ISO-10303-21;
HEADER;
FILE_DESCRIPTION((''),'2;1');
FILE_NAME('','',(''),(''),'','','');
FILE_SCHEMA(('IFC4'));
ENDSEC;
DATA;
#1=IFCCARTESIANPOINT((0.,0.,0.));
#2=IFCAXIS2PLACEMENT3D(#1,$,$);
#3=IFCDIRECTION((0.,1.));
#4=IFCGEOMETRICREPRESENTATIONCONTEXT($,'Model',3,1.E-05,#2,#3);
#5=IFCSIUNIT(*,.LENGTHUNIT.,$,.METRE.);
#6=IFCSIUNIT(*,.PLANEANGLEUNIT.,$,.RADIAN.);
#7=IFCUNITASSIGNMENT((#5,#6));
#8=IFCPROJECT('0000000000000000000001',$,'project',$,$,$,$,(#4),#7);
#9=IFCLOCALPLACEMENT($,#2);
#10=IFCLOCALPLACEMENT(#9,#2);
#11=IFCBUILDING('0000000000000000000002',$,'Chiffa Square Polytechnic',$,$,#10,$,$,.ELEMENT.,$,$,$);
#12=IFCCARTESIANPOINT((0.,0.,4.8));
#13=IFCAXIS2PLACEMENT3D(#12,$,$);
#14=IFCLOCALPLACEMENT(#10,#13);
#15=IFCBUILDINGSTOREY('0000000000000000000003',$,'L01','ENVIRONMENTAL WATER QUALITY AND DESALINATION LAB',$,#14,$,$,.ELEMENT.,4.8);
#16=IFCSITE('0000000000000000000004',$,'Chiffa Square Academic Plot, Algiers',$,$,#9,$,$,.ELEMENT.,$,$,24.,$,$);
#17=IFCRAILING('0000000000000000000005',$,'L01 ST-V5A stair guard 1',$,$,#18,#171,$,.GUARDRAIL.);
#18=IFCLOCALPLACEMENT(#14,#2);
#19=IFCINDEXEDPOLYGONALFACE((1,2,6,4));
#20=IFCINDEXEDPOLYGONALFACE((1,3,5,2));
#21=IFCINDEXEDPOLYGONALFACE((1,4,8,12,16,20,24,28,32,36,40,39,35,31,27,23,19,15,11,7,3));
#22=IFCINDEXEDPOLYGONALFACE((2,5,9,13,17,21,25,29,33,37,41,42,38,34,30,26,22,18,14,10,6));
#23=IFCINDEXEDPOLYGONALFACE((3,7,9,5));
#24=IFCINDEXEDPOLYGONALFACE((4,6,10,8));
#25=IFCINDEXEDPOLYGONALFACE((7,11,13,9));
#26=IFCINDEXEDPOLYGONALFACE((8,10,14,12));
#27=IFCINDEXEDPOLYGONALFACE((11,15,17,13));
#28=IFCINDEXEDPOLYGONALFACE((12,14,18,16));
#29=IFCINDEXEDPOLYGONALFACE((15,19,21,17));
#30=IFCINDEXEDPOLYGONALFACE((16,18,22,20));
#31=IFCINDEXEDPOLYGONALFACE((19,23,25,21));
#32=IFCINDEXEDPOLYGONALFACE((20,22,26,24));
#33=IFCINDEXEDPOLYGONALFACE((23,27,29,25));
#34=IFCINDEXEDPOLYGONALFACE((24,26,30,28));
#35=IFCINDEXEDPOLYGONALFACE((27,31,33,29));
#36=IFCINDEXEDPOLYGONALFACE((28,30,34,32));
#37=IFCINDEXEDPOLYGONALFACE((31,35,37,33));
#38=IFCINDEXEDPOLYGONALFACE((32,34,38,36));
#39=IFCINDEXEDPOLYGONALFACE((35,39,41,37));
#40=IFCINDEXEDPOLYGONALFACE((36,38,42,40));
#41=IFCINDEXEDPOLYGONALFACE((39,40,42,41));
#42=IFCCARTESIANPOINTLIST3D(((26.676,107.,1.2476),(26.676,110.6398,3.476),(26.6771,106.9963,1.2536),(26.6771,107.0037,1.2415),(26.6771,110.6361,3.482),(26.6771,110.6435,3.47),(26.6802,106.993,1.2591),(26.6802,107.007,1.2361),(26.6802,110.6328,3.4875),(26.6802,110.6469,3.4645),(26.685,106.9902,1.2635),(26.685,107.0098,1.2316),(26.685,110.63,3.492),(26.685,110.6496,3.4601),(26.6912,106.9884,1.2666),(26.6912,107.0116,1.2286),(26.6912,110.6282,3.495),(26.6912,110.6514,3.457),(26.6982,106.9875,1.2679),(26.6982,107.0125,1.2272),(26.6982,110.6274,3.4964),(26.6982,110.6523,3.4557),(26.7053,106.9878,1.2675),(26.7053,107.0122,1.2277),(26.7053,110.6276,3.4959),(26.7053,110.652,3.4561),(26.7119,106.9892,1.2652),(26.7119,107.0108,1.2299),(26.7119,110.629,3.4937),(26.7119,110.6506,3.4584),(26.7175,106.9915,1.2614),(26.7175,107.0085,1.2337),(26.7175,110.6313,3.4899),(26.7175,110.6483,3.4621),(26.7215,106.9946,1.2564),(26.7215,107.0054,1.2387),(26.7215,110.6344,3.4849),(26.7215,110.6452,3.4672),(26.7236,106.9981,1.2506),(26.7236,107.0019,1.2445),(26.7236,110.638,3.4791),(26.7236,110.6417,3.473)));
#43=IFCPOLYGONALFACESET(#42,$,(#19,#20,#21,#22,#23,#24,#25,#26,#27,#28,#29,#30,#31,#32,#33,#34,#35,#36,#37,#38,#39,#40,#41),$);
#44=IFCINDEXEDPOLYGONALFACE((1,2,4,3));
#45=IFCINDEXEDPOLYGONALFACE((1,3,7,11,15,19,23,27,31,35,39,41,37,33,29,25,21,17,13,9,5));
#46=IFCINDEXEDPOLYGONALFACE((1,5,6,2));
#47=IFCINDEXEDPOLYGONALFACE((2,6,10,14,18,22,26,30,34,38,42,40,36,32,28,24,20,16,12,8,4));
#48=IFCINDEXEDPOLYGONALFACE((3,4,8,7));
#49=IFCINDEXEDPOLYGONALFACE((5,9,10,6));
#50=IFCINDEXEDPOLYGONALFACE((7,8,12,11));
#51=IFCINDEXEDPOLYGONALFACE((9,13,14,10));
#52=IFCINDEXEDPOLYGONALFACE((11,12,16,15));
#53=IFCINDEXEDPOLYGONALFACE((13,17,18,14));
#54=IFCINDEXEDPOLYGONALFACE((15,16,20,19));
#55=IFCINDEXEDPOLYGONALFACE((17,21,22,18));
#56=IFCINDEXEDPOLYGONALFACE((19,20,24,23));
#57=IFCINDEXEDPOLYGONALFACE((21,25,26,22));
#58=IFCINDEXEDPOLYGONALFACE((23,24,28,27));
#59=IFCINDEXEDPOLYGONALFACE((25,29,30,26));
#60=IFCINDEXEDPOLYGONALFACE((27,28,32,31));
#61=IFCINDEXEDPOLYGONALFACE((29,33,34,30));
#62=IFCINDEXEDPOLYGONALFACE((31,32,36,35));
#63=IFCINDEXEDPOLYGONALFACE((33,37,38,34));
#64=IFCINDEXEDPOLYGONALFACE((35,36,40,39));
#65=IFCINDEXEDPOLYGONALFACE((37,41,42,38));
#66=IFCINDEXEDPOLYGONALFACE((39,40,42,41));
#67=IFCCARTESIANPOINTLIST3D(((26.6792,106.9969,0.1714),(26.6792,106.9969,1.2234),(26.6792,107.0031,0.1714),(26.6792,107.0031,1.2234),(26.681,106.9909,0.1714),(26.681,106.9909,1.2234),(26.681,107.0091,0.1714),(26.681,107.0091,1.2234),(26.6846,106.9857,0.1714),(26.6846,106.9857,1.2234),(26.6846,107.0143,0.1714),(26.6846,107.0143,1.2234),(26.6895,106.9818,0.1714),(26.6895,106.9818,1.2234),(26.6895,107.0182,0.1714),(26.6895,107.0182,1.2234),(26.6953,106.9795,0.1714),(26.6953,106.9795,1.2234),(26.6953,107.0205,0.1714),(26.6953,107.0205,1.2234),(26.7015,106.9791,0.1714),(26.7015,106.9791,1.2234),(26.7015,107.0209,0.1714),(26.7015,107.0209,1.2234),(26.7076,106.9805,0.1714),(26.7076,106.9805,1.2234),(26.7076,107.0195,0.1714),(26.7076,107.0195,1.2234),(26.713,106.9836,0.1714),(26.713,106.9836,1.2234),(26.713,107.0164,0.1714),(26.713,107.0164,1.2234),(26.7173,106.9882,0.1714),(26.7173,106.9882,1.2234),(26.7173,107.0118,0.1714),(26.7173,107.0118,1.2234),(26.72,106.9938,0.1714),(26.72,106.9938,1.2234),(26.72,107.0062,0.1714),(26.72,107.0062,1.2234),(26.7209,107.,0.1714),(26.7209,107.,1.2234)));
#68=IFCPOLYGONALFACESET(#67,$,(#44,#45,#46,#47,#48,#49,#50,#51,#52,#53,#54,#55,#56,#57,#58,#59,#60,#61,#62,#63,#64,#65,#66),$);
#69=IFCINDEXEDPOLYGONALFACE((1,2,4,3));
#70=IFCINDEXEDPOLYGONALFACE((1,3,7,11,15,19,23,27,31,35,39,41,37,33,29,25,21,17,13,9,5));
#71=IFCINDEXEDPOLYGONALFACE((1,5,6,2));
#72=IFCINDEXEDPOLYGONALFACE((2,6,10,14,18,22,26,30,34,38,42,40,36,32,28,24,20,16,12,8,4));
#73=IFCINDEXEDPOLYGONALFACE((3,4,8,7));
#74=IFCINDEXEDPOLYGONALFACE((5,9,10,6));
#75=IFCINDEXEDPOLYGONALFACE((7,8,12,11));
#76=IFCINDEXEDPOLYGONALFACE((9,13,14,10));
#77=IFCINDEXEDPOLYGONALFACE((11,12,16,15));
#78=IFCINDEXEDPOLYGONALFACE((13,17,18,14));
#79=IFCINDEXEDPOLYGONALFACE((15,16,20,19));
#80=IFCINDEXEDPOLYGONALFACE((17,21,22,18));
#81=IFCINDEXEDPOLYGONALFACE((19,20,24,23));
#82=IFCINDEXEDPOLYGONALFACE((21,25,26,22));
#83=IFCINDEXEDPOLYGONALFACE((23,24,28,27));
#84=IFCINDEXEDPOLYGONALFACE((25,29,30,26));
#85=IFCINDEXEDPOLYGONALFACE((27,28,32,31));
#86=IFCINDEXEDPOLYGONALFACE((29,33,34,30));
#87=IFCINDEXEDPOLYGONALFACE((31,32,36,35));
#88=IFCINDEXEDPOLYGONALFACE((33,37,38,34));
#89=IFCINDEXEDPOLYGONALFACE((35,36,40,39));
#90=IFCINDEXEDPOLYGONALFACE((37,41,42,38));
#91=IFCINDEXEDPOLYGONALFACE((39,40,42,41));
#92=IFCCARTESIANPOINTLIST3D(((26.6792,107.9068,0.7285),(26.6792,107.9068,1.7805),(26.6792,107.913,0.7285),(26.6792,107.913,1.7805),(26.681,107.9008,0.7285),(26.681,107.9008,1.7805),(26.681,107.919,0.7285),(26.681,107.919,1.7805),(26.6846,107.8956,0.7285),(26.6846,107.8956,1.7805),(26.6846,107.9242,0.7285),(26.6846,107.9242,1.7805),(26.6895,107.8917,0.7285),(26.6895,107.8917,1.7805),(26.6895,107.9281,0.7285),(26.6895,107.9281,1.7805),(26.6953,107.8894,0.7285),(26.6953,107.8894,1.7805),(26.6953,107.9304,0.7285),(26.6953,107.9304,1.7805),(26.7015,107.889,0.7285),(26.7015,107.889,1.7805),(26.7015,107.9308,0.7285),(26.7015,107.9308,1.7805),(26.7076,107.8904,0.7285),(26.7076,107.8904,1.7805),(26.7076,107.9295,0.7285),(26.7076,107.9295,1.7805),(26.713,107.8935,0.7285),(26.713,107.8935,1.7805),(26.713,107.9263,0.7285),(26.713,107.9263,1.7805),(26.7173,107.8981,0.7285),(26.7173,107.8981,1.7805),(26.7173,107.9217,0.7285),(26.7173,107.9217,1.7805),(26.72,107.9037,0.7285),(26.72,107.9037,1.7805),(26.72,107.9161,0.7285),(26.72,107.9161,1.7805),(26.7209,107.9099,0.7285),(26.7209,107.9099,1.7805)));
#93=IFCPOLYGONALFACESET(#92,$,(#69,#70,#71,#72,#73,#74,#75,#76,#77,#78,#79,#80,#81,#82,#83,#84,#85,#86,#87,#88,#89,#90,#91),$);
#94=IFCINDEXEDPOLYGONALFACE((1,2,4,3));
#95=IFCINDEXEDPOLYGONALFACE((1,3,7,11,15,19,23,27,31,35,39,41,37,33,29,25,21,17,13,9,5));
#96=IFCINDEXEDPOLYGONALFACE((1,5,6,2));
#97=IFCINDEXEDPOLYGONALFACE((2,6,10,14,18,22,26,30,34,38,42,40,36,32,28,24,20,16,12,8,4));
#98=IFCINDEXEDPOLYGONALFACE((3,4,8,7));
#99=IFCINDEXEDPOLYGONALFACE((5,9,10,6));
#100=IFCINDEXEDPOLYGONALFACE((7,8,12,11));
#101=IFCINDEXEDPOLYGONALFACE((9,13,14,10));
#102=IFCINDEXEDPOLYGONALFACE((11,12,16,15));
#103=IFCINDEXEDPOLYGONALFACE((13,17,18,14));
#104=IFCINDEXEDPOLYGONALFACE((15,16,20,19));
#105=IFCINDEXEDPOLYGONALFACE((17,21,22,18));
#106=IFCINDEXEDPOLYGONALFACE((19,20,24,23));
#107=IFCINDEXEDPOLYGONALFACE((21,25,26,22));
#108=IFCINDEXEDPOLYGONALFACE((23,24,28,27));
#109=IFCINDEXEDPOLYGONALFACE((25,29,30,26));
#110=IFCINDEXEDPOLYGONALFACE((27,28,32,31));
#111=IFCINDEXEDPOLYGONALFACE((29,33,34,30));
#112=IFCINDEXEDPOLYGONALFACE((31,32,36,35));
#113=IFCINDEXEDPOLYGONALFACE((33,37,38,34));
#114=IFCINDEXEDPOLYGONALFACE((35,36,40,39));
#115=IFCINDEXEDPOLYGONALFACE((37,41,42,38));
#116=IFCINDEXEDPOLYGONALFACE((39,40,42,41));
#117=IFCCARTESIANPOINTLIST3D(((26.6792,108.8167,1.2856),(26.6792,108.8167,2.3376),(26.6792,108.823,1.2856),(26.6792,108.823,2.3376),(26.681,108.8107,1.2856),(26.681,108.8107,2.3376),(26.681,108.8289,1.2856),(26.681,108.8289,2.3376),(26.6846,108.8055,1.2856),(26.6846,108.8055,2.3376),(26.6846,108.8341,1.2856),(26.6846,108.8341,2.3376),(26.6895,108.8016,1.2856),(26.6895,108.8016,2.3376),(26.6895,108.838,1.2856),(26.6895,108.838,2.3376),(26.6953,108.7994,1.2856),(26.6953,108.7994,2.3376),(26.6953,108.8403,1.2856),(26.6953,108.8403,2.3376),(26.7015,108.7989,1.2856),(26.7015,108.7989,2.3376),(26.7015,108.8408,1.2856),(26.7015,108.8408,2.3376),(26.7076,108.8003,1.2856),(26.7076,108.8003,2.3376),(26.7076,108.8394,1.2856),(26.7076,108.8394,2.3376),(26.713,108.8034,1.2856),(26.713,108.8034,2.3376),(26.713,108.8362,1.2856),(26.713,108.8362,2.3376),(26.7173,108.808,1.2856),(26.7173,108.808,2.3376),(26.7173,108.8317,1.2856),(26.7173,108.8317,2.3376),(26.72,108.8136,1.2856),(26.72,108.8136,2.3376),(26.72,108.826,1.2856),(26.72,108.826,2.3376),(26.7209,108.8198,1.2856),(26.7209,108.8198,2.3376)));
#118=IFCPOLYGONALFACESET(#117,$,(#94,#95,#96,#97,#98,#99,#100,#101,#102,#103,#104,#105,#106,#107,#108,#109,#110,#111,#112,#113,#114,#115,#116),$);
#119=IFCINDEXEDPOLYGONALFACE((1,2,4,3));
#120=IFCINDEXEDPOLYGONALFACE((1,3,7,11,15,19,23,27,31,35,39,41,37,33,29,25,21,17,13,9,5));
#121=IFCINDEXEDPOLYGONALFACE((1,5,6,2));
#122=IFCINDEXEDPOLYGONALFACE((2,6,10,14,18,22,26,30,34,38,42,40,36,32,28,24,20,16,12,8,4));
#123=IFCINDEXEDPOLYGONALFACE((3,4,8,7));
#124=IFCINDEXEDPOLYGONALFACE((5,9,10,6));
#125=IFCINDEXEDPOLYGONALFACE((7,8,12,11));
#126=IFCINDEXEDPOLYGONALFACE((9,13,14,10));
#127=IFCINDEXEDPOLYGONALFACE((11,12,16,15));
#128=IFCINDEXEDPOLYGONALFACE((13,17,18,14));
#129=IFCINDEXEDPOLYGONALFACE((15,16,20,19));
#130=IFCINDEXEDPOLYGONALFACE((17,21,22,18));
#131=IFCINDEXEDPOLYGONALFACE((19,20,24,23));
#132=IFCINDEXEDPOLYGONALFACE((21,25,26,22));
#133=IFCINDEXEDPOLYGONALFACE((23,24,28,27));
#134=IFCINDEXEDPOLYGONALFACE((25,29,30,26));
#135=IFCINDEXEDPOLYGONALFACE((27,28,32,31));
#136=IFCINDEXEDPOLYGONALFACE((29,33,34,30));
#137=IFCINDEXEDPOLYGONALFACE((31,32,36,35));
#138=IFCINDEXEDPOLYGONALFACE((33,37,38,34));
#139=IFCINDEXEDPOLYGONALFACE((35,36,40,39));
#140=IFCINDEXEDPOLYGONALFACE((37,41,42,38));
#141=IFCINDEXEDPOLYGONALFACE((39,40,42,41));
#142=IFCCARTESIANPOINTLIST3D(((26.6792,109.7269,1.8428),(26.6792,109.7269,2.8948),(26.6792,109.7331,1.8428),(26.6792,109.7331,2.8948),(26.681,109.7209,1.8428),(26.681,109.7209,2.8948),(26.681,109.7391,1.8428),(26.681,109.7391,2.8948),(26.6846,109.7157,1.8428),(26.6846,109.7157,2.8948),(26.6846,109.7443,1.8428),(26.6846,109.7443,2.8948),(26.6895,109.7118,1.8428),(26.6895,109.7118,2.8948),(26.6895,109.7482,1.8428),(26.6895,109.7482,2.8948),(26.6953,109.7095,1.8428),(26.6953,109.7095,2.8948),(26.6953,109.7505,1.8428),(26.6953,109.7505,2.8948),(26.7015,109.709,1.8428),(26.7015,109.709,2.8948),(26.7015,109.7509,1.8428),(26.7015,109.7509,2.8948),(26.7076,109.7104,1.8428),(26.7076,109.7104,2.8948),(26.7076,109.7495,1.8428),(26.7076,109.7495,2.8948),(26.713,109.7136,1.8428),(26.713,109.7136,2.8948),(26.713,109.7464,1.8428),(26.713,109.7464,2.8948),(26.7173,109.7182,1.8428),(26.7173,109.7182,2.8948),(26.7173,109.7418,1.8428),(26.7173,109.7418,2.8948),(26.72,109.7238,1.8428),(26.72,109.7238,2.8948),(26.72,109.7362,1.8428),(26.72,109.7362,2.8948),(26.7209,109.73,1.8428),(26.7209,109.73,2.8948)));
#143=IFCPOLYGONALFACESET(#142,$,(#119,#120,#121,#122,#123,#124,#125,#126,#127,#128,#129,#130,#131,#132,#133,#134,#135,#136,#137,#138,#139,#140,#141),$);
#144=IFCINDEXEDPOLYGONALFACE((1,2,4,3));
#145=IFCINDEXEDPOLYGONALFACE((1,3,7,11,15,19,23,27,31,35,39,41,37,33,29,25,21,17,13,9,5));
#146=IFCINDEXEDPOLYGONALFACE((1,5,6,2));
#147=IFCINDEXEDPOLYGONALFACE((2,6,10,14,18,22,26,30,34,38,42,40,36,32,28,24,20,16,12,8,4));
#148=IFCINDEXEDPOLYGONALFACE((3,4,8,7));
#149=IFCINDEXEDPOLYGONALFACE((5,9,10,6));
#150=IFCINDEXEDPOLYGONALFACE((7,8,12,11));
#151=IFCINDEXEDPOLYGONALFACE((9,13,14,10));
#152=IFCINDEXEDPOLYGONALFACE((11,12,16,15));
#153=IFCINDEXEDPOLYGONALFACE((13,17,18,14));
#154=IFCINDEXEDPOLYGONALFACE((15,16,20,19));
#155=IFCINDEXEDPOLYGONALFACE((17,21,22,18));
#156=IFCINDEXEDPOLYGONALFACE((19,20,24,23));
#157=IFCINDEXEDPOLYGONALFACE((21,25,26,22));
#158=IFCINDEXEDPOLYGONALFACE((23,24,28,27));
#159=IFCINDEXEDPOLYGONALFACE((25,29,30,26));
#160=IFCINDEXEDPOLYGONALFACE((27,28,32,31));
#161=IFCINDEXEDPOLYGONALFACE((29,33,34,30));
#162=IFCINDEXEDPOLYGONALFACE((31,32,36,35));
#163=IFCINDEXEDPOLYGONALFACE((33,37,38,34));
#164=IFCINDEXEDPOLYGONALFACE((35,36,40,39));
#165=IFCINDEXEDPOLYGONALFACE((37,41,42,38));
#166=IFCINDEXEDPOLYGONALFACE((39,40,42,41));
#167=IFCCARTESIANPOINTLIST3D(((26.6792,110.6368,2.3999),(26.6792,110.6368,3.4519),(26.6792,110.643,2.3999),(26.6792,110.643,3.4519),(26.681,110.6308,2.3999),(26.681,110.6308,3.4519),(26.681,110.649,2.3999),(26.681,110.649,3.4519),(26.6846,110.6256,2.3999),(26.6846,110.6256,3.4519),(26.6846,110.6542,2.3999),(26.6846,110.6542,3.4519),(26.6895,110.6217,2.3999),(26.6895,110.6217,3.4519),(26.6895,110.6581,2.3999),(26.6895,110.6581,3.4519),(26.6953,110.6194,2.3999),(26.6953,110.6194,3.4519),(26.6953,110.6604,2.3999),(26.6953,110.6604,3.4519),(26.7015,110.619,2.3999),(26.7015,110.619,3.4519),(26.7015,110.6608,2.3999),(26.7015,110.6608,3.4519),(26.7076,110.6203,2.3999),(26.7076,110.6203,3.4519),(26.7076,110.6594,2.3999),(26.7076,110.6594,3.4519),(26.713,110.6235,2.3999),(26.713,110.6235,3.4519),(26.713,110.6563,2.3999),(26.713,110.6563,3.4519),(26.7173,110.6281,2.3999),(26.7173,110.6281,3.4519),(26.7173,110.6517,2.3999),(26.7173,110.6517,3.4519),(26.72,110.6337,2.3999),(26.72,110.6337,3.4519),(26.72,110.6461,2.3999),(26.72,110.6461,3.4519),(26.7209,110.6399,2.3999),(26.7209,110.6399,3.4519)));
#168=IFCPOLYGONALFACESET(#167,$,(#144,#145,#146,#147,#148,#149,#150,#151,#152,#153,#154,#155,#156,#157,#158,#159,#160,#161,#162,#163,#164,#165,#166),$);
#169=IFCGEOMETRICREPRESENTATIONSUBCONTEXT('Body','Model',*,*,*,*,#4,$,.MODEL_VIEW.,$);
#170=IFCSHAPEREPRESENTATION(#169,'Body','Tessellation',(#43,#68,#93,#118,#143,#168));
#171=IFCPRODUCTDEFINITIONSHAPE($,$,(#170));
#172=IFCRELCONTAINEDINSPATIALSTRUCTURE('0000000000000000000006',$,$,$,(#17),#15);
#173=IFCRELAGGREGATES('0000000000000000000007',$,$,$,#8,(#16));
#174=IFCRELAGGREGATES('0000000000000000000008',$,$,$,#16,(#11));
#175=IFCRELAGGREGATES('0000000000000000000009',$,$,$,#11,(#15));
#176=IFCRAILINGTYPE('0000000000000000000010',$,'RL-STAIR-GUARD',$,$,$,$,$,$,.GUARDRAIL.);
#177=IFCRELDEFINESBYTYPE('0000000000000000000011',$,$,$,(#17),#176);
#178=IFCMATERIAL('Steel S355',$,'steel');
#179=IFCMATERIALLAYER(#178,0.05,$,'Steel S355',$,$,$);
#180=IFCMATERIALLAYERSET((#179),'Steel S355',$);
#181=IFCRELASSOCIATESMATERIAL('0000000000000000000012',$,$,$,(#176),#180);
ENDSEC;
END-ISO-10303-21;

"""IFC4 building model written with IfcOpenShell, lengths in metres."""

from ifc_helpers import new_model, si_unit, direction, frame, origin, origin_2d, place, context, subcontext, project, spatial, circle, extrude, material, layer, layer_set, type_object, element, save


model = new_model("IFC4")

# Units and contexts
model_context = context("Model", 3, precision=1e-05, world=origin(), true_north=direction((0.0, 1.0)))
body_context = subcontext(model_context, "Body", "Model", "MODEL_VIEW")
ifc_project = project(units=[si_unit("LENGTHUNIT", "METRE"), si_unit("PLANEANGLEUNIT", "RADIAN")], contexts=[model_context])

# Site, building, storey
site_placement = place(None, origin())
site = spatial("IfcSite", under=ifc_project, at=site_placement, Name="Chiffa Square Academic Plot, Algiers", CompositionType="ELEMENT", RefElevation=24.0)
building_placement = place(site_placement, origin())
building = spatial("IfcBuilding", under=site, at=building_placement, Name="Chiffa Square Polytechnic", CompositionType="ELEMENT")
storey_placement = place(building_placement, frame((0.0, 0.0, 4.8)))
storey = spatial("IfcBuildingStorey", under=building, at=storey_placement, Name="L01", Description="ENVIRONMENTAL WATER QUALITY AND DESALINATION LAB", CompositionType="ELEMENT", Elevation=4.8)

# Railing
ifc_material_1 = material(Name="Steel S355", Category="steel")
ifc_layer_1 = layer(ifc_material_1, 0.05, Name="Steel S355")
ifc_layer_set_1 = layer_set([ifc_layer_1], Name="Steel S355")
railing_type_1 = type_object("IfcRailingType", Name="RL-STAIR-GUARD", PredefinedType="GUARDRAIL", material=ifc_layer_set_1)
railing_1_placement = place(storey_placement, frame((26.7, 107.0, 0.1714)))
element("IfcRailing", 1, at=railing_1_placement, inside=storey, type_object=railing_type_1, Name="L01 ST-V5A stair guard 1", PredefinedType="GUARDRAIL", context=body_context, shape_type="SweptSolid", body=[
    extrude(circle(Radius=0.0239, at=origin_2d()), frame((0.0, 0.0, 1.0762), z_axis=(0.0, 0.85285, 0.522156), x_axis=(-1.0, 0.0, 0.0)), (0.0, 0.0, 1.0), 4.2678),
    extrude(circle(Radius=0.021, at=origin_2d()), origin(), (0.0, 0.0, 1.0), 1.052),
    extrude(circle(Radius=0.021, at=origin_2d()), frame((0.0, 0.9099, 0.5571)), (0.0, 0.0, 1.0), 1.052),
    extrude(circle(Radius=0.021, at=origin_2d()), frame((0.0, 1.8198, 1.1143)), (0.0, 0.0, 1.0), 1.052),
    extrude(circle(Radius=0.021, at=origin_2d()), frame((0.0, 2.73, 1.6714)), (0.0, 0.0, 1.0), 1.052),
    extrude(circle(Radius=0.021, at=origin_2d()), frame((0.0, 3.6399, 2.2285)), (0.0, 0.0, 1.0), 1.052),
])

save(model, "model.ifc")
